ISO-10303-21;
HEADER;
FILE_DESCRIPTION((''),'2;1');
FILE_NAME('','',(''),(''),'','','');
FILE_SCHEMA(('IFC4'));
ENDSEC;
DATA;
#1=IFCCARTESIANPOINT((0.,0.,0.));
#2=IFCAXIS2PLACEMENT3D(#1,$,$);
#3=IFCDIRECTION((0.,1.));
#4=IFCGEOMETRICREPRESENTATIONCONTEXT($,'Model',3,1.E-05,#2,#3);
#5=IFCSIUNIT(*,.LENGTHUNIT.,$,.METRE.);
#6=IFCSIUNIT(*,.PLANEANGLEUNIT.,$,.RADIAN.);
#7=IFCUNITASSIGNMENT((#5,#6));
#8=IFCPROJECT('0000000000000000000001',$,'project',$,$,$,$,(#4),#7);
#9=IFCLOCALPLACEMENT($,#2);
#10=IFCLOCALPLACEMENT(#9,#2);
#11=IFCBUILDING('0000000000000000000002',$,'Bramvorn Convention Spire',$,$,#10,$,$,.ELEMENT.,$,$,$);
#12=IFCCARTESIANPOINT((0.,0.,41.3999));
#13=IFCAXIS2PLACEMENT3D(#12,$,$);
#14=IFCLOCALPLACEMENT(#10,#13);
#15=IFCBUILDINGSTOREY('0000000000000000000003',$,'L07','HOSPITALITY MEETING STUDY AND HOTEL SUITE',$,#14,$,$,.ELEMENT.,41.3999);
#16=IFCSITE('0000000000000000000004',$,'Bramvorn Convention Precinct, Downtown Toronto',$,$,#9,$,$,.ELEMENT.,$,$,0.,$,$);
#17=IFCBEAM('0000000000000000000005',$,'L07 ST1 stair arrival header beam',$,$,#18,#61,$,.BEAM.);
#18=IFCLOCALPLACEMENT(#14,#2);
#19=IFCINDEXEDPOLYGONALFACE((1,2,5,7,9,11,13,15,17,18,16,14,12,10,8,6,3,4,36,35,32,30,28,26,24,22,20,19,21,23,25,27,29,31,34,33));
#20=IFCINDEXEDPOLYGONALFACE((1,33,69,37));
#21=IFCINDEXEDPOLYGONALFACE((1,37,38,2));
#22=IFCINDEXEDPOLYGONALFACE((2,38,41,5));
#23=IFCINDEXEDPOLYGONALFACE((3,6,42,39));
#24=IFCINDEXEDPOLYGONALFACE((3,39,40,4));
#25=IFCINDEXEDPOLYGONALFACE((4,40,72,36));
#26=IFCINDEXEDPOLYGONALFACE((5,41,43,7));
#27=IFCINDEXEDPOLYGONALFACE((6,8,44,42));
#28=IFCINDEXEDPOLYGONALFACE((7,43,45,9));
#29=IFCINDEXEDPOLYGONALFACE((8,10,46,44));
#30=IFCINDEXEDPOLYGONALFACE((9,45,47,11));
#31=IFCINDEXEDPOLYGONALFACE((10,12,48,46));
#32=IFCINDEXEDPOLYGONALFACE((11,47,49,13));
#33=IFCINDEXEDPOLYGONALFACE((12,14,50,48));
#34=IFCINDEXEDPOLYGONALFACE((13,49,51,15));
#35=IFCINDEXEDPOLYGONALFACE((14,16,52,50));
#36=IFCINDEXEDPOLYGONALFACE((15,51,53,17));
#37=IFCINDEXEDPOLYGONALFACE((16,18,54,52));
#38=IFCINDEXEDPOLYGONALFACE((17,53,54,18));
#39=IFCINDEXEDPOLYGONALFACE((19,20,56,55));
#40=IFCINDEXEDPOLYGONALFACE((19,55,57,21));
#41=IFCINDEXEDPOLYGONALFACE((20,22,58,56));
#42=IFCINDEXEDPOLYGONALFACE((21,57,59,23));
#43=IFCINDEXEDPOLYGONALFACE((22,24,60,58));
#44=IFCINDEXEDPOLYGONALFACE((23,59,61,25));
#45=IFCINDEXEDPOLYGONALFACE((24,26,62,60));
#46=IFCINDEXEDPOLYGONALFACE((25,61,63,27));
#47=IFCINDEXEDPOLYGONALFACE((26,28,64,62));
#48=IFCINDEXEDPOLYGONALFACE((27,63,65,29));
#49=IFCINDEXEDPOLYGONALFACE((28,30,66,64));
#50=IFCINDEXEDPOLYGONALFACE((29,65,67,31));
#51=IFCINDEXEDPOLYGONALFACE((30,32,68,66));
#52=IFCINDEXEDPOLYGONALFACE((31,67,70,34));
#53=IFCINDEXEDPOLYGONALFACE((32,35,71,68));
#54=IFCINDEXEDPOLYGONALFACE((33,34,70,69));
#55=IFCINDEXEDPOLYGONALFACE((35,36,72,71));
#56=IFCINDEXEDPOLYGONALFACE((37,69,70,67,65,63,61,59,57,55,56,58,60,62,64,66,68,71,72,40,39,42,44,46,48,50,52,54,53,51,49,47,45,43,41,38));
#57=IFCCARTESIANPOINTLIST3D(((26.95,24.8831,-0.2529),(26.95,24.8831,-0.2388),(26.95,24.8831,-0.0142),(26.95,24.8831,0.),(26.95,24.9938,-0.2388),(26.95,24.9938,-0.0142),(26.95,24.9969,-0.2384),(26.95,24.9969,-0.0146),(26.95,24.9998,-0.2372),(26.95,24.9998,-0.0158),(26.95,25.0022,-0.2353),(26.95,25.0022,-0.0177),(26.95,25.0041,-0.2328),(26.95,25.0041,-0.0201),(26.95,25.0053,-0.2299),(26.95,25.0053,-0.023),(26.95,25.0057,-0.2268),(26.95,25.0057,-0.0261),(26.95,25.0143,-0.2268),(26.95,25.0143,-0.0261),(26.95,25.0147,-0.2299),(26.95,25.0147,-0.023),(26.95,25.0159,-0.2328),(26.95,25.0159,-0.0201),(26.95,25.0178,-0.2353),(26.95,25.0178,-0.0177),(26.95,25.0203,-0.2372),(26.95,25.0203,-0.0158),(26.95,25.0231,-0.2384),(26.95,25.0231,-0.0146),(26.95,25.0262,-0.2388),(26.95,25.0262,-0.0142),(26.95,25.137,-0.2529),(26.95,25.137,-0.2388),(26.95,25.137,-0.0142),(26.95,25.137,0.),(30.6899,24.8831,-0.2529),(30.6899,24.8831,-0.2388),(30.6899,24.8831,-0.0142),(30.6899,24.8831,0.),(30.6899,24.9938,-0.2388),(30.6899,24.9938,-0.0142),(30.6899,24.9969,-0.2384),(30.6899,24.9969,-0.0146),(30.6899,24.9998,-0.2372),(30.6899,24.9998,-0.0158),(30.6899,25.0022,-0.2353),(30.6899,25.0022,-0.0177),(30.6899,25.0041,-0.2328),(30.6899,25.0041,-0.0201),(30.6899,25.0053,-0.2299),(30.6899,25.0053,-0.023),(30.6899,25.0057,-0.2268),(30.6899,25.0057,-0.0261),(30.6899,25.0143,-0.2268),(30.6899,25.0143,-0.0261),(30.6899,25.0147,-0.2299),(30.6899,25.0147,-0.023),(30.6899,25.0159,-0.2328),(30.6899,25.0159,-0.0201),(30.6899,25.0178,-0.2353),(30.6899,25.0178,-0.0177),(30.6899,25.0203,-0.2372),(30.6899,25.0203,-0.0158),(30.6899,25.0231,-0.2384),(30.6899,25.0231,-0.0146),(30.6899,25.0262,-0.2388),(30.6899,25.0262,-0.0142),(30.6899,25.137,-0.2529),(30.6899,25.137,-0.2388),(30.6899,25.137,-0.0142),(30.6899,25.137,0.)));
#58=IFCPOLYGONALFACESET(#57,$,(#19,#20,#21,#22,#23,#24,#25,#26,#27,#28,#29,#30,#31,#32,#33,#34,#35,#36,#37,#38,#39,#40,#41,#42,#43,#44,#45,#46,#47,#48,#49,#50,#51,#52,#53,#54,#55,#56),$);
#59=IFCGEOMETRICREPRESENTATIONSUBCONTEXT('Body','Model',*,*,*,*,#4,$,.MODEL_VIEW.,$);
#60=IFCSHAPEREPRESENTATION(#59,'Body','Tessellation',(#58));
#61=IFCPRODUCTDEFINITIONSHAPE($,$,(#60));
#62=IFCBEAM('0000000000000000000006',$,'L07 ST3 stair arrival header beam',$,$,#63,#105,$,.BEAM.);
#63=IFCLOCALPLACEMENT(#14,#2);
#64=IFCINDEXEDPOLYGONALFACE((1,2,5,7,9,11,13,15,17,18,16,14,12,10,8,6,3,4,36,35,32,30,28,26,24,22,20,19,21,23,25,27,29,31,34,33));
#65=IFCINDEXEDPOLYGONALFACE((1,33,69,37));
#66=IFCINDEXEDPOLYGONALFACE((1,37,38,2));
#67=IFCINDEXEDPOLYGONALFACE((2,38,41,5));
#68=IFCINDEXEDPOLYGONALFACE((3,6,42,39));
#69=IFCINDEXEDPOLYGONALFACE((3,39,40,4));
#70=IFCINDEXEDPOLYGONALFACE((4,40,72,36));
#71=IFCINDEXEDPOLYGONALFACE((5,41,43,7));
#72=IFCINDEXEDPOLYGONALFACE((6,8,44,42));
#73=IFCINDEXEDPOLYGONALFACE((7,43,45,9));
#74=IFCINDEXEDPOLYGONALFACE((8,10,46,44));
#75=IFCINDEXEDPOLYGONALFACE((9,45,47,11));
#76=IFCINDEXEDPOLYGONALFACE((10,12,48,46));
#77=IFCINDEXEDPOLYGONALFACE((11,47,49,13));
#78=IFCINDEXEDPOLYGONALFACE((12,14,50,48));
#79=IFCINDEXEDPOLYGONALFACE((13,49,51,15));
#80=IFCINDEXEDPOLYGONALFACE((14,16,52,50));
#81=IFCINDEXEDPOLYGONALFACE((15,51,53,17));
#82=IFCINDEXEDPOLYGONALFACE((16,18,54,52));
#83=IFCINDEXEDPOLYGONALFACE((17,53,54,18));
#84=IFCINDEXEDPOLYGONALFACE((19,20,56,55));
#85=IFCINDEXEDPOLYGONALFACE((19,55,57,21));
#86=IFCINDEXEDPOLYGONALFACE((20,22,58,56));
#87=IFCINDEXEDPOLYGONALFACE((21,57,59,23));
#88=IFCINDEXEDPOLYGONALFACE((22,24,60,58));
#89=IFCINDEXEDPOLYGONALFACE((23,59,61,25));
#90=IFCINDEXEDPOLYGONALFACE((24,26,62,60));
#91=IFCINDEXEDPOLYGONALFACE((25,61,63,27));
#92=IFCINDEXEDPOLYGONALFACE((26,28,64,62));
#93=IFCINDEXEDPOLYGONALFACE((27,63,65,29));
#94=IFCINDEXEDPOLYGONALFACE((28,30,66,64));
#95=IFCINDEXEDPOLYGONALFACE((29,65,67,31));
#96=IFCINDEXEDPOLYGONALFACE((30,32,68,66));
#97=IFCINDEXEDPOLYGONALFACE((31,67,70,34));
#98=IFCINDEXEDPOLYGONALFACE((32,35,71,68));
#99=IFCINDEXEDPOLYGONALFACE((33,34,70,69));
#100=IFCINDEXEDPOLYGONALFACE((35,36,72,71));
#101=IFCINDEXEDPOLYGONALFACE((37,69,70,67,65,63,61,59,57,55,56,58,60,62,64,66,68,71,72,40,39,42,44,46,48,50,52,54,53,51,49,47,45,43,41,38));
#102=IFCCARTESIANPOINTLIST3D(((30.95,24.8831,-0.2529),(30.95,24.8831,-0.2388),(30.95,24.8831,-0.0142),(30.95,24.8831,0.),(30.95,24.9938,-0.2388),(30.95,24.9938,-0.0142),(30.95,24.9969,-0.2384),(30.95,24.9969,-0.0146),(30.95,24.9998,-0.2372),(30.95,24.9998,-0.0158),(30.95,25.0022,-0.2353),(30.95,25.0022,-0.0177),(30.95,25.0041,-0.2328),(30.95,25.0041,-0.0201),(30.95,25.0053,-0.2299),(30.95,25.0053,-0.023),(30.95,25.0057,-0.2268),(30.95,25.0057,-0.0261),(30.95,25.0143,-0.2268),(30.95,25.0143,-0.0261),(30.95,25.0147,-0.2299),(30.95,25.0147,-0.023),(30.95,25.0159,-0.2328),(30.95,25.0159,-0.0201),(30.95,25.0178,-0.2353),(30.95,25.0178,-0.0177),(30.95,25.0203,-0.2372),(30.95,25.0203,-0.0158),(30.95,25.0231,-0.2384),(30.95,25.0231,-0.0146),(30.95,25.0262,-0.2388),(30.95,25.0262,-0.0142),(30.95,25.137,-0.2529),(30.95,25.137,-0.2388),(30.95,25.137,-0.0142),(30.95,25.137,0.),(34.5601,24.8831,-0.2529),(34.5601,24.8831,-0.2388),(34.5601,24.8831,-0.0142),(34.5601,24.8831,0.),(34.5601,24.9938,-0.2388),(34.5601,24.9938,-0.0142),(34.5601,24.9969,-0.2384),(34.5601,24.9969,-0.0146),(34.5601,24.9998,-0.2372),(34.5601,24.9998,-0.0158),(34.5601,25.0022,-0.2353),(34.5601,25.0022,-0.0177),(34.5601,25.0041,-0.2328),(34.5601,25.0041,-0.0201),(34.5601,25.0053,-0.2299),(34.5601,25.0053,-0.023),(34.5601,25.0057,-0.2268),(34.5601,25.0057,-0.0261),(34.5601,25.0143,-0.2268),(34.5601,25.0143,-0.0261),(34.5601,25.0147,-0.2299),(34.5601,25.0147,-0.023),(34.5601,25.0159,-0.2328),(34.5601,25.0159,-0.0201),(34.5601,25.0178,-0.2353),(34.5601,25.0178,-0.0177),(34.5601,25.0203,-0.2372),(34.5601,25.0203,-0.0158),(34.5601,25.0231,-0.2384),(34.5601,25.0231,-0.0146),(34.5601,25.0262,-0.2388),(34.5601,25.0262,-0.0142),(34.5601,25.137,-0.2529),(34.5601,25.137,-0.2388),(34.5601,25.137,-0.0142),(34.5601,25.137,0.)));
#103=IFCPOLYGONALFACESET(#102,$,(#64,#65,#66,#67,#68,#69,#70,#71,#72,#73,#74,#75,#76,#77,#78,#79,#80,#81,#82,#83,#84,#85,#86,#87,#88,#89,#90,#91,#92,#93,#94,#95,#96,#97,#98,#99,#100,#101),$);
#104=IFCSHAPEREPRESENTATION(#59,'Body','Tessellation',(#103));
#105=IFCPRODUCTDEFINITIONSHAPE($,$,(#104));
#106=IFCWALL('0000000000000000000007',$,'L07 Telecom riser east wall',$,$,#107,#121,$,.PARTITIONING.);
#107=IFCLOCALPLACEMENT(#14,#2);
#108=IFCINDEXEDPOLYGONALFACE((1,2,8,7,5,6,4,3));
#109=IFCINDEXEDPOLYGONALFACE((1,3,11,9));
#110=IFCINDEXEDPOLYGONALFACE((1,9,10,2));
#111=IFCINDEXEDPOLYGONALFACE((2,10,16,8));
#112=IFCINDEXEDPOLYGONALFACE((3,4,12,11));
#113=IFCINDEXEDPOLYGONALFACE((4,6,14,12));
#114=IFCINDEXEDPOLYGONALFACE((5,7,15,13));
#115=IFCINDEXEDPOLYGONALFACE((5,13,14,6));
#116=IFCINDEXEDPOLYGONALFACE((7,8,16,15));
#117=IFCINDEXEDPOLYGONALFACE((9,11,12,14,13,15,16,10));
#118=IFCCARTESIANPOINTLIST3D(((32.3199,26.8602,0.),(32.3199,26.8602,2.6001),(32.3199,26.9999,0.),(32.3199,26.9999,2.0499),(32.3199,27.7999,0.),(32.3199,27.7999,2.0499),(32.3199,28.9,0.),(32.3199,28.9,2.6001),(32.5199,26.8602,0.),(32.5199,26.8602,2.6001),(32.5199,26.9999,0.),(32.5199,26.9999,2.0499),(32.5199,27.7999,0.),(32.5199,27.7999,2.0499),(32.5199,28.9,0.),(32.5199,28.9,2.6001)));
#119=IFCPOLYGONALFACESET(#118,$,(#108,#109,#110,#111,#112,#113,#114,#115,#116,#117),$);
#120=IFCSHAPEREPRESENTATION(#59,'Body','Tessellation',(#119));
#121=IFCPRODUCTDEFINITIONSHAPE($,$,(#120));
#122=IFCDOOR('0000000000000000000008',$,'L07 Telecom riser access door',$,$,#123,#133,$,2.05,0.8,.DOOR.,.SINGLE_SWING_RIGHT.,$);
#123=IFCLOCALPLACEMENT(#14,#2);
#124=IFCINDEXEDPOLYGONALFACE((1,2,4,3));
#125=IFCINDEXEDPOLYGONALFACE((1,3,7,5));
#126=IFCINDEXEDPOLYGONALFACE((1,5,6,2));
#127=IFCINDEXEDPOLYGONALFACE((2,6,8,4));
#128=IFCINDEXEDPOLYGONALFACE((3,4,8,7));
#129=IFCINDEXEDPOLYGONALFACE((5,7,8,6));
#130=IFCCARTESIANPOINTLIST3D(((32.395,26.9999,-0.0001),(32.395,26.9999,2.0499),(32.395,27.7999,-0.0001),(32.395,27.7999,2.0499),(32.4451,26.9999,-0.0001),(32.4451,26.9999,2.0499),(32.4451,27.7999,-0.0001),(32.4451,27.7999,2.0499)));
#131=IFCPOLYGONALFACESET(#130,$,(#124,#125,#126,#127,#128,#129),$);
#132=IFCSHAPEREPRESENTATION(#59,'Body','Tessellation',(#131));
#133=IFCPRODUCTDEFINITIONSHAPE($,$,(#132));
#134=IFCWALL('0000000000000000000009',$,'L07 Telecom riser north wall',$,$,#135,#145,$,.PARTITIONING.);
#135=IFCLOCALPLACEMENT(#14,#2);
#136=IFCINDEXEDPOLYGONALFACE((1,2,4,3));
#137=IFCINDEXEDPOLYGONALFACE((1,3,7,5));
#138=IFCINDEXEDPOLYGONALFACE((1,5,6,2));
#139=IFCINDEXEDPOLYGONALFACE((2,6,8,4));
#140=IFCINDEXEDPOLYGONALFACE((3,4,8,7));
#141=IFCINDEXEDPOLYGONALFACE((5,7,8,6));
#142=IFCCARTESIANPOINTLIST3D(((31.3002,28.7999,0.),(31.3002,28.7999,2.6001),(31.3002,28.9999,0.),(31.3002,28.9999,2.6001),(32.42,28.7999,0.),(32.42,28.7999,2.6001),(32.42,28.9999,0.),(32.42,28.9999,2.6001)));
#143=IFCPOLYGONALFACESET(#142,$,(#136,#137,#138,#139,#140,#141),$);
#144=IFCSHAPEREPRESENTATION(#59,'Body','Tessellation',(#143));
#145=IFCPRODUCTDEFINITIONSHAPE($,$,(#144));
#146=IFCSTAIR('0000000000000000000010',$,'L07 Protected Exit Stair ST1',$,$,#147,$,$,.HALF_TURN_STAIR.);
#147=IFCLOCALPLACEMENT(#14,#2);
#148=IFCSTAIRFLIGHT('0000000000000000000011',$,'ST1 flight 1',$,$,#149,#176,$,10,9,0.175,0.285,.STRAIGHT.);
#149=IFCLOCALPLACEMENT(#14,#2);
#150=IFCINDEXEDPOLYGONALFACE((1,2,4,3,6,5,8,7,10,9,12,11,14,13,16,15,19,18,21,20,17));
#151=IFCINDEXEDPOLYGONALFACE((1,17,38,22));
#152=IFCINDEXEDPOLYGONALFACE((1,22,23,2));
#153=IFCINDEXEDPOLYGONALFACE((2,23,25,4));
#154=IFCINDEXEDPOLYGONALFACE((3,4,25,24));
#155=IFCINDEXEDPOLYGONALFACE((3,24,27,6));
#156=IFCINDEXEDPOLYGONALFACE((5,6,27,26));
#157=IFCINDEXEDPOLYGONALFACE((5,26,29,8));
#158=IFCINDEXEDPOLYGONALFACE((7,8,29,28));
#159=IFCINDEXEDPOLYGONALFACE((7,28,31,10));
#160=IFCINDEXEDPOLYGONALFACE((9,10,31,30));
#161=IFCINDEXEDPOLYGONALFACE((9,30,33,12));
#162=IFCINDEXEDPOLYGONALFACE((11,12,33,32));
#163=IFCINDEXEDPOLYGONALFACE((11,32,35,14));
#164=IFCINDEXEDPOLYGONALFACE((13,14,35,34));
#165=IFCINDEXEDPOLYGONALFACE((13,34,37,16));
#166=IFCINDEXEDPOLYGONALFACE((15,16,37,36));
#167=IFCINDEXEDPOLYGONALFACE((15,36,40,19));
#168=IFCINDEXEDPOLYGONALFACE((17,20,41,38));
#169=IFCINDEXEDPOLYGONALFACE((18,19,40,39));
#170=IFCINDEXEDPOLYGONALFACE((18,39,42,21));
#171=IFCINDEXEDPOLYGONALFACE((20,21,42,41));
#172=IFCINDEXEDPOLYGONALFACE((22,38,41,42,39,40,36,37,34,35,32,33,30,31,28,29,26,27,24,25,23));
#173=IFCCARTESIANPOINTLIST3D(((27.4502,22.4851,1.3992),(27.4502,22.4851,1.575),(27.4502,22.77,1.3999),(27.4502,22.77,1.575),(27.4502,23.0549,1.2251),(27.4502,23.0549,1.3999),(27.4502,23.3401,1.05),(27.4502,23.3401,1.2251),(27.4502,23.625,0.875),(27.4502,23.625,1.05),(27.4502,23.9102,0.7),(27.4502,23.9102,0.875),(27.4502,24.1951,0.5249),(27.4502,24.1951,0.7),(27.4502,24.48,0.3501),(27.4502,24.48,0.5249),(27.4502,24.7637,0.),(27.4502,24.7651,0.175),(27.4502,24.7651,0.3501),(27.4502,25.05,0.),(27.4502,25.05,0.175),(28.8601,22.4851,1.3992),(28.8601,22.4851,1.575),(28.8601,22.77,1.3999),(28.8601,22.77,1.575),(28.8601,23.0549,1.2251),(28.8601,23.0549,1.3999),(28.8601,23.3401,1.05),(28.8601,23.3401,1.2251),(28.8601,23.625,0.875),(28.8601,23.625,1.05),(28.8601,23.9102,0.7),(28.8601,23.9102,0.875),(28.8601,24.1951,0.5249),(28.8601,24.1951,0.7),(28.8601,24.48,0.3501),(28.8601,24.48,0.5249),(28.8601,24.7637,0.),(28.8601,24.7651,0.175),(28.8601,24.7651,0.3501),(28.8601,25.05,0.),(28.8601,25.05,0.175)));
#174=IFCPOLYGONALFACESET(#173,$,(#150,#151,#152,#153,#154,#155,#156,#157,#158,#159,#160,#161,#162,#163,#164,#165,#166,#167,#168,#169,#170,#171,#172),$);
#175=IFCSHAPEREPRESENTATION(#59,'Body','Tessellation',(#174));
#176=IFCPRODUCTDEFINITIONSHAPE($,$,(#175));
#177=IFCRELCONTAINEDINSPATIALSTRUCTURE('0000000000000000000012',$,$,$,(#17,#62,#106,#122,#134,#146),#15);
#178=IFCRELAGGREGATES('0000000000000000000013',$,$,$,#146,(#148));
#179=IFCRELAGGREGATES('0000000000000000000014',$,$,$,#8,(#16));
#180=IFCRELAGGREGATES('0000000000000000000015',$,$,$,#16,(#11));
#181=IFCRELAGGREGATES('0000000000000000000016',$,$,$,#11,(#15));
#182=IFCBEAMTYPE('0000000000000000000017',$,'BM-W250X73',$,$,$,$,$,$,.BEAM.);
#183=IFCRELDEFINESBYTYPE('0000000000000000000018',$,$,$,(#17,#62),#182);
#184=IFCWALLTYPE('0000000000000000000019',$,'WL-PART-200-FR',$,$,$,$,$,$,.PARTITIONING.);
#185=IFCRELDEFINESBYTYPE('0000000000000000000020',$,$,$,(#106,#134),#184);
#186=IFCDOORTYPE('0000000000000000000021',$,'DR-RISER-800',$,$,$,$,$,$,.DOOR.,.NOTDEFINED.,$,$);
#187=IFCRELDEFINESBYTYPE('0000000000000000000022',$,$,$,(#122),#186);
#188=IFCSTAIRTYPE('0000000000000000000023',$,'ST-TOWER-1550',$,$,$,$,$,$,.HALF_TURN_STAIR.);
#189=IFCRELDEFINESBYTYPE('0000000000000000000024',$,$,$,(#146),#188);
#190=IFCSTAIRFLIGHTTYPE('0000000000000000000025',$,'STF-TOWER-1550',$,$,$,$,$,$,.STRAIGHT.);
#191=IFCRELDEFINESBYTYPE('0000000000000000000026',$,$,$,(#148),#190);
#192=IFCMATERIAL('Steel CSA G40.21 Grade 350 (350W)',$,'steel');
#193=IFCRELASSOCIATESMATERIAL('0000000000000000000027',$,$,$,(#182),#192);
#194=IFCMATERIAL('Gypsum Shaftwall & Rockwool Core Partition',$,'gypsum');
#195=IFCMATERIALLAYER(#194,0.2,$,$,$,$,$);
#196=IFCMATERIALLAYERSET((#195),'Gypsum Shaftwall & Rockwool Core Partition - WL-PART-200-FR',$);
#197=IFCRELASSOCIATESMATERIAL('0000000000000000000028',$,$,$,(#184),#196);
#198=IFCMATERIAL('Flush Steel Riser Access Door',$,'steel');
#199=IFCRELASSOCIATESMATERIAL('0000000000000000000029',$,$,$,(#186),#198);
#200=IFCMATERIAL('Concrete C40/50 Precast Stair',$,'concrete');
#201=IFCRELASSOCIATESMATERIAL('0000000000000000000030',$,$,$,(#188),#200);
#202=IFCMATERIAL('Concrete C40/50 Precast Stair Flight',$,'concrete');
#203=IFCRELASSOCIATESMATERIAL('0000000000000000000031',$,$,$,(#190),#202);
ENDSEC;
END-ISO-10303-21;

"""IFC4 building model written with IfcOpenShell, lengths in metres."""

from ifc_helpers import new_model, si_unit, direction, frame, frame_2d, origin, origin_2d, place, context, subcontext, project, spatial, polyline, rectangle, i_section, outline, extrude, material, layer, layer_set, material_profile, profile_set, type_object, element, fill, aggregate, save


model = new_model("IFC4")

# Units and contexts
model_context = context("Model", 3, precision=1e-05, world=origin(), true_north=direction((0.0, 1.0)))
body_context = subcontext(model_context, "Body", "Model", "MODEL_VIEW")
ifc_project = project(units=[si_unit("LENGTHUNIT", "METRE"), si_unit("PLANEANGLEUNIT", "RADIAN")], contexts=[model_context])

# Site, building, storey
site_placement = place(None, origin())
site = spatial("IfcSite", under=ifc_project, at=site_placement, Name="Bramvorn Convention Precinct, Downtown Toronto", CompositionType="ELEMENT", RefElevation=0.0)
building_placement = place(site_placement, origin())
building = spatial("IfcBuilding", under=site, at=building_placement, Name="Bramvorn Convention Spire", CompositionType="ELEMENT")
storey_placement = place(building_placement, frame((0.0, 0.0, 41.3999)))
storey = spatial("IfcBuildingStorey", under=building, at=storey_placement, Name="L07", Description="HOSPITALITY MEETING STUDY AND HOTEL SUITE", CompositionType="ELEMENT", Elevation=41.3999)

# Beams
ifc_material_1 = material(Name="Steel CSA G40.21 Grade 350 (350W)", Category="steel")
ifc_material_profile = material_profile(ifc_material_1, i_section(OverallWidth=0.2539, OverallDepth=0.2529, WebThickness=0.0085, FlangeThickness=0.0142, FilletRadius=0.012, at=origin_2d()))
ifc_profile_set = profile_set([ifc_material_profile], Name="Steel CSA G40.21 Grade 350 (350W) - W250X73")
beam_type = type_object("IfcBeamType", Name="BM-W250X73", PredefinedType="BEAM", material=ifc_profile_set)
beam_1_placement = place(storey_placement, frame((26.95, 25.01, -0.1265), z_axis=(1.0, 0.0, 0.0), x_axis=(0.0, 1.0, 0.0)))
element("IfcBeam", 1, at=beam_1_placement, inside=storey, type_object=beam_type, Name="L07 ST1 stair arrival header beam", PredefinedType="BEAM", context=body_context, shape_type="SweptSolid", body=[
    extrude(i_section(OverallWidth=0.2539, OverallDepth=0.2529, WebThickness=0.0085, FlangeThickness=0.0142, FilletRadius=0.012, at=origin_2d()), origin(), (0.0, 0.0, 1.0), 3.74),
])
beam_2_placement = place(storey_placement, frame((30.95, 25.01, -0.1265), z_axis=(1.0, 0.0, 0.0), x_axis=(0.0, 1.0, 0.0)))
element("IfcBeam", 2, at=beam_2_placement, inside=storey, type_object=beam_type, Name="L07 ST3 stair arrival header beam", PredefinedType="BEAM", context=body_context, shape_type="SweptSolid", body=[
    extrude(i_section(OverallWidth=0.2539, OverallDepth=0.2529, WebThickness=0.0085, FlangeThickness=0.0142, FilletRadius=0.012, at=origin_2d()), origin(), (0.0, 0.0, 1.0), 3.6101),
])

# Wall, opening, door
ifc_material_2 = material(Name="Gypsum Shaftwall & Rockwool Core Partition", Category="gypsum")
ifc_layer_1 = layer(ifc_material_2, 0.2)
ifc_layer_set_1 = layer_set([ifc_layer_1], Name="Gypsum Shaftwall & Rockwool Core Partition - WL-PART-200-FR")
wall_type_1 = type_object("IfcWallType", Name="WL-PART-200-FR", PredefinedType="PARTITIONING", material=ifc_layer_set_1)
wall_1_placement = place(storey_placement, frame((32.4199, 26.8601, 0.0), z_axis=(0.0, 0.0, 1.0), x_axis=(0.0, 1.0, 0.0)))
wall_1 = element("IfcWall", 3, at=wall_1_placement, inside=storey, type_object=wall_type_1, Name="L07 Telecom riser east wall", PredefinedType="PARTITIONING", context=body_context, shape_type="SweptSolid", body=[
    extrude(rectangle(XDim=2.0398, YDim=0.2, at=frame_2d((1.02, 0.0))), origin(), (0.0, 0.0, 1.0), 2.6001),
])
opening_1_placement = place(wall_1_placement, frame((0.1399, 0.0, 0.0)))
opening_1 = element("IfcOpeningElement", 4, at=opening_1_placement, cuts=wall_1, PredefinedType="OPENING", context=body_context, shape_type="SweptSolid", body=[
    extrude(rectangle(XDim=0.8, YDim=2.05, at=frame_2d((0.3999, 1.0249))), frame((0.0, 0.1099, 0.0), z_axis=(0.0, -1.0, 0.0), x_axis=(1.0, 0.0, 0.0)), (0.0, 0.0, 1.0), 0.22),
])
ifc_material_3 = material(Name="Flush Steel Riser Access Door", Category="steel")
door_type_1 = type_object("IfcDoorType", Name="DR-RISER-800", OperationType="NOTDEFINED", PredefinedType="DOOR", material=ifc_material_3)
door_1_placement = place(opening_1_placement, origin())
door_1 = element("IfcDoor", 5, at=door_1_placement, inside=storey, type_object=door_type_1, Name="L07 Telecom riser access door", OperationType="SINGLE_SWING_RIGHT", OverallHeight=2.05, OverallWidth=0.8, PredefinedType="DOOR", context=body_context, shape_type="SweptSolid", body=[
    extrude(rectangle(XDim=0.8, YDim=2.05, at=frame_2d((0.3999, 1.0249))), frame((0.0, 0.0249, 0.0), z_axis=(0.0, -1.0, 0.0), x_axis=(1.0, 0.0, 0.0)), (0.0, 0.0, 1.0), 0.05),
])
fill(opening_1, door_1)

# Wall
wall_2_placement = place(storey_placement, frame((31.3, 28.8999, 0.0), z_axis=(0.0, 0.0, 1.0), x_axis=(1.0, 0.0, 0.0)))
element("IfcWall", 6, at=wall_2_placement, inside=storey, type_object=wall_type_1, Name="L07 Telecom riser north wall", PredefinedType="PARTITIONING", context=body_context, shape_type="SweptSolid", body=[
    extrude(rectangle(XDim=1.1199, YDim=0.2, at=frame_2d((0.5601, 0.0))), origin(), (0.0, 0.0, 1.0), 2.6001),
])

# Stair, stair flight
ifc_material_4 = material(Name="Concrete C40/50 Precast Stair", Category="concrete")
stair_type = type_object("IfcStairType", Name="ST-TOWER-1550", PredefinedType="HALF_TURN_STAIR", material=ifc_material_4)
stair_1_placement = place(storey_placement, origin())
stair_1 = element("IfcStair", 7, at=stair_1_placement, inside=storey, type_object=stair_type, Name="L07 Protected Exit Stair ST1", PredefinedType="HALF_TURN_STAIR")
ifc_material_5 = material(Name="Concrete C40/50 Precast Stair Flight", Category="concrete")
stair_flight_type = type_object("IfcStairFlightType", Name="STF-TOWER-1550", PredefinedType="STRAIGHT", material=ifc_material_5)
stair_flight_1_placement = place(storey_placement, frame((28.155, 25.05, 0.0), z_axis=(0.0, 0.0, 1.0), x_axis=(0.0, -1.0, 0.0)))
stair_flight_1 = element("IfcStairFlight", 8, at=stair_flight_1_placement, type_object=stair_flight_type, Name="ST1 flight 1", NumberOfRisers=10, NumberOfTreads=9, PredefinedType="STRAIGHT", RiserHeight=0.175, TreadLength=0.285, context=body_context, shape_type="SweptSolid", body=[
    extrude(outline(polyline([(0.0, 0.0), (0.0, 0.175), (0.2849, 0.175), (0.2849, 0.3501), (0.5701, 0.3501), (0.5701, 0.5249), (0.855, 0.5249), (0.855, 0.7), (1.1399, 0.7), (1.1399, 0.875), (1.425, 0.875), (1.425, 1.05), (1.71, 1.05), (1.71, 1.2251), (1.9951, 1.2251), (1.9951, 1.3999), (2.28, 1.3999), (2.28, 1.575), (2.5649, 1.575), (2.5649, 1.75), (2.5649, 1.3992), (0.2864, 0.0), (0.0, 0.0)])), frame((0.0, 0.7051, 0.0), z_axis=(0.0, -1.0, 0.0), x_axis=(1.0, 0.0, 0.0)), (0.0, 0.0, 1.0), 1.4099),
])
aggregate(stair_1, [stair_flight_1])

save(model, "model.ifc")
